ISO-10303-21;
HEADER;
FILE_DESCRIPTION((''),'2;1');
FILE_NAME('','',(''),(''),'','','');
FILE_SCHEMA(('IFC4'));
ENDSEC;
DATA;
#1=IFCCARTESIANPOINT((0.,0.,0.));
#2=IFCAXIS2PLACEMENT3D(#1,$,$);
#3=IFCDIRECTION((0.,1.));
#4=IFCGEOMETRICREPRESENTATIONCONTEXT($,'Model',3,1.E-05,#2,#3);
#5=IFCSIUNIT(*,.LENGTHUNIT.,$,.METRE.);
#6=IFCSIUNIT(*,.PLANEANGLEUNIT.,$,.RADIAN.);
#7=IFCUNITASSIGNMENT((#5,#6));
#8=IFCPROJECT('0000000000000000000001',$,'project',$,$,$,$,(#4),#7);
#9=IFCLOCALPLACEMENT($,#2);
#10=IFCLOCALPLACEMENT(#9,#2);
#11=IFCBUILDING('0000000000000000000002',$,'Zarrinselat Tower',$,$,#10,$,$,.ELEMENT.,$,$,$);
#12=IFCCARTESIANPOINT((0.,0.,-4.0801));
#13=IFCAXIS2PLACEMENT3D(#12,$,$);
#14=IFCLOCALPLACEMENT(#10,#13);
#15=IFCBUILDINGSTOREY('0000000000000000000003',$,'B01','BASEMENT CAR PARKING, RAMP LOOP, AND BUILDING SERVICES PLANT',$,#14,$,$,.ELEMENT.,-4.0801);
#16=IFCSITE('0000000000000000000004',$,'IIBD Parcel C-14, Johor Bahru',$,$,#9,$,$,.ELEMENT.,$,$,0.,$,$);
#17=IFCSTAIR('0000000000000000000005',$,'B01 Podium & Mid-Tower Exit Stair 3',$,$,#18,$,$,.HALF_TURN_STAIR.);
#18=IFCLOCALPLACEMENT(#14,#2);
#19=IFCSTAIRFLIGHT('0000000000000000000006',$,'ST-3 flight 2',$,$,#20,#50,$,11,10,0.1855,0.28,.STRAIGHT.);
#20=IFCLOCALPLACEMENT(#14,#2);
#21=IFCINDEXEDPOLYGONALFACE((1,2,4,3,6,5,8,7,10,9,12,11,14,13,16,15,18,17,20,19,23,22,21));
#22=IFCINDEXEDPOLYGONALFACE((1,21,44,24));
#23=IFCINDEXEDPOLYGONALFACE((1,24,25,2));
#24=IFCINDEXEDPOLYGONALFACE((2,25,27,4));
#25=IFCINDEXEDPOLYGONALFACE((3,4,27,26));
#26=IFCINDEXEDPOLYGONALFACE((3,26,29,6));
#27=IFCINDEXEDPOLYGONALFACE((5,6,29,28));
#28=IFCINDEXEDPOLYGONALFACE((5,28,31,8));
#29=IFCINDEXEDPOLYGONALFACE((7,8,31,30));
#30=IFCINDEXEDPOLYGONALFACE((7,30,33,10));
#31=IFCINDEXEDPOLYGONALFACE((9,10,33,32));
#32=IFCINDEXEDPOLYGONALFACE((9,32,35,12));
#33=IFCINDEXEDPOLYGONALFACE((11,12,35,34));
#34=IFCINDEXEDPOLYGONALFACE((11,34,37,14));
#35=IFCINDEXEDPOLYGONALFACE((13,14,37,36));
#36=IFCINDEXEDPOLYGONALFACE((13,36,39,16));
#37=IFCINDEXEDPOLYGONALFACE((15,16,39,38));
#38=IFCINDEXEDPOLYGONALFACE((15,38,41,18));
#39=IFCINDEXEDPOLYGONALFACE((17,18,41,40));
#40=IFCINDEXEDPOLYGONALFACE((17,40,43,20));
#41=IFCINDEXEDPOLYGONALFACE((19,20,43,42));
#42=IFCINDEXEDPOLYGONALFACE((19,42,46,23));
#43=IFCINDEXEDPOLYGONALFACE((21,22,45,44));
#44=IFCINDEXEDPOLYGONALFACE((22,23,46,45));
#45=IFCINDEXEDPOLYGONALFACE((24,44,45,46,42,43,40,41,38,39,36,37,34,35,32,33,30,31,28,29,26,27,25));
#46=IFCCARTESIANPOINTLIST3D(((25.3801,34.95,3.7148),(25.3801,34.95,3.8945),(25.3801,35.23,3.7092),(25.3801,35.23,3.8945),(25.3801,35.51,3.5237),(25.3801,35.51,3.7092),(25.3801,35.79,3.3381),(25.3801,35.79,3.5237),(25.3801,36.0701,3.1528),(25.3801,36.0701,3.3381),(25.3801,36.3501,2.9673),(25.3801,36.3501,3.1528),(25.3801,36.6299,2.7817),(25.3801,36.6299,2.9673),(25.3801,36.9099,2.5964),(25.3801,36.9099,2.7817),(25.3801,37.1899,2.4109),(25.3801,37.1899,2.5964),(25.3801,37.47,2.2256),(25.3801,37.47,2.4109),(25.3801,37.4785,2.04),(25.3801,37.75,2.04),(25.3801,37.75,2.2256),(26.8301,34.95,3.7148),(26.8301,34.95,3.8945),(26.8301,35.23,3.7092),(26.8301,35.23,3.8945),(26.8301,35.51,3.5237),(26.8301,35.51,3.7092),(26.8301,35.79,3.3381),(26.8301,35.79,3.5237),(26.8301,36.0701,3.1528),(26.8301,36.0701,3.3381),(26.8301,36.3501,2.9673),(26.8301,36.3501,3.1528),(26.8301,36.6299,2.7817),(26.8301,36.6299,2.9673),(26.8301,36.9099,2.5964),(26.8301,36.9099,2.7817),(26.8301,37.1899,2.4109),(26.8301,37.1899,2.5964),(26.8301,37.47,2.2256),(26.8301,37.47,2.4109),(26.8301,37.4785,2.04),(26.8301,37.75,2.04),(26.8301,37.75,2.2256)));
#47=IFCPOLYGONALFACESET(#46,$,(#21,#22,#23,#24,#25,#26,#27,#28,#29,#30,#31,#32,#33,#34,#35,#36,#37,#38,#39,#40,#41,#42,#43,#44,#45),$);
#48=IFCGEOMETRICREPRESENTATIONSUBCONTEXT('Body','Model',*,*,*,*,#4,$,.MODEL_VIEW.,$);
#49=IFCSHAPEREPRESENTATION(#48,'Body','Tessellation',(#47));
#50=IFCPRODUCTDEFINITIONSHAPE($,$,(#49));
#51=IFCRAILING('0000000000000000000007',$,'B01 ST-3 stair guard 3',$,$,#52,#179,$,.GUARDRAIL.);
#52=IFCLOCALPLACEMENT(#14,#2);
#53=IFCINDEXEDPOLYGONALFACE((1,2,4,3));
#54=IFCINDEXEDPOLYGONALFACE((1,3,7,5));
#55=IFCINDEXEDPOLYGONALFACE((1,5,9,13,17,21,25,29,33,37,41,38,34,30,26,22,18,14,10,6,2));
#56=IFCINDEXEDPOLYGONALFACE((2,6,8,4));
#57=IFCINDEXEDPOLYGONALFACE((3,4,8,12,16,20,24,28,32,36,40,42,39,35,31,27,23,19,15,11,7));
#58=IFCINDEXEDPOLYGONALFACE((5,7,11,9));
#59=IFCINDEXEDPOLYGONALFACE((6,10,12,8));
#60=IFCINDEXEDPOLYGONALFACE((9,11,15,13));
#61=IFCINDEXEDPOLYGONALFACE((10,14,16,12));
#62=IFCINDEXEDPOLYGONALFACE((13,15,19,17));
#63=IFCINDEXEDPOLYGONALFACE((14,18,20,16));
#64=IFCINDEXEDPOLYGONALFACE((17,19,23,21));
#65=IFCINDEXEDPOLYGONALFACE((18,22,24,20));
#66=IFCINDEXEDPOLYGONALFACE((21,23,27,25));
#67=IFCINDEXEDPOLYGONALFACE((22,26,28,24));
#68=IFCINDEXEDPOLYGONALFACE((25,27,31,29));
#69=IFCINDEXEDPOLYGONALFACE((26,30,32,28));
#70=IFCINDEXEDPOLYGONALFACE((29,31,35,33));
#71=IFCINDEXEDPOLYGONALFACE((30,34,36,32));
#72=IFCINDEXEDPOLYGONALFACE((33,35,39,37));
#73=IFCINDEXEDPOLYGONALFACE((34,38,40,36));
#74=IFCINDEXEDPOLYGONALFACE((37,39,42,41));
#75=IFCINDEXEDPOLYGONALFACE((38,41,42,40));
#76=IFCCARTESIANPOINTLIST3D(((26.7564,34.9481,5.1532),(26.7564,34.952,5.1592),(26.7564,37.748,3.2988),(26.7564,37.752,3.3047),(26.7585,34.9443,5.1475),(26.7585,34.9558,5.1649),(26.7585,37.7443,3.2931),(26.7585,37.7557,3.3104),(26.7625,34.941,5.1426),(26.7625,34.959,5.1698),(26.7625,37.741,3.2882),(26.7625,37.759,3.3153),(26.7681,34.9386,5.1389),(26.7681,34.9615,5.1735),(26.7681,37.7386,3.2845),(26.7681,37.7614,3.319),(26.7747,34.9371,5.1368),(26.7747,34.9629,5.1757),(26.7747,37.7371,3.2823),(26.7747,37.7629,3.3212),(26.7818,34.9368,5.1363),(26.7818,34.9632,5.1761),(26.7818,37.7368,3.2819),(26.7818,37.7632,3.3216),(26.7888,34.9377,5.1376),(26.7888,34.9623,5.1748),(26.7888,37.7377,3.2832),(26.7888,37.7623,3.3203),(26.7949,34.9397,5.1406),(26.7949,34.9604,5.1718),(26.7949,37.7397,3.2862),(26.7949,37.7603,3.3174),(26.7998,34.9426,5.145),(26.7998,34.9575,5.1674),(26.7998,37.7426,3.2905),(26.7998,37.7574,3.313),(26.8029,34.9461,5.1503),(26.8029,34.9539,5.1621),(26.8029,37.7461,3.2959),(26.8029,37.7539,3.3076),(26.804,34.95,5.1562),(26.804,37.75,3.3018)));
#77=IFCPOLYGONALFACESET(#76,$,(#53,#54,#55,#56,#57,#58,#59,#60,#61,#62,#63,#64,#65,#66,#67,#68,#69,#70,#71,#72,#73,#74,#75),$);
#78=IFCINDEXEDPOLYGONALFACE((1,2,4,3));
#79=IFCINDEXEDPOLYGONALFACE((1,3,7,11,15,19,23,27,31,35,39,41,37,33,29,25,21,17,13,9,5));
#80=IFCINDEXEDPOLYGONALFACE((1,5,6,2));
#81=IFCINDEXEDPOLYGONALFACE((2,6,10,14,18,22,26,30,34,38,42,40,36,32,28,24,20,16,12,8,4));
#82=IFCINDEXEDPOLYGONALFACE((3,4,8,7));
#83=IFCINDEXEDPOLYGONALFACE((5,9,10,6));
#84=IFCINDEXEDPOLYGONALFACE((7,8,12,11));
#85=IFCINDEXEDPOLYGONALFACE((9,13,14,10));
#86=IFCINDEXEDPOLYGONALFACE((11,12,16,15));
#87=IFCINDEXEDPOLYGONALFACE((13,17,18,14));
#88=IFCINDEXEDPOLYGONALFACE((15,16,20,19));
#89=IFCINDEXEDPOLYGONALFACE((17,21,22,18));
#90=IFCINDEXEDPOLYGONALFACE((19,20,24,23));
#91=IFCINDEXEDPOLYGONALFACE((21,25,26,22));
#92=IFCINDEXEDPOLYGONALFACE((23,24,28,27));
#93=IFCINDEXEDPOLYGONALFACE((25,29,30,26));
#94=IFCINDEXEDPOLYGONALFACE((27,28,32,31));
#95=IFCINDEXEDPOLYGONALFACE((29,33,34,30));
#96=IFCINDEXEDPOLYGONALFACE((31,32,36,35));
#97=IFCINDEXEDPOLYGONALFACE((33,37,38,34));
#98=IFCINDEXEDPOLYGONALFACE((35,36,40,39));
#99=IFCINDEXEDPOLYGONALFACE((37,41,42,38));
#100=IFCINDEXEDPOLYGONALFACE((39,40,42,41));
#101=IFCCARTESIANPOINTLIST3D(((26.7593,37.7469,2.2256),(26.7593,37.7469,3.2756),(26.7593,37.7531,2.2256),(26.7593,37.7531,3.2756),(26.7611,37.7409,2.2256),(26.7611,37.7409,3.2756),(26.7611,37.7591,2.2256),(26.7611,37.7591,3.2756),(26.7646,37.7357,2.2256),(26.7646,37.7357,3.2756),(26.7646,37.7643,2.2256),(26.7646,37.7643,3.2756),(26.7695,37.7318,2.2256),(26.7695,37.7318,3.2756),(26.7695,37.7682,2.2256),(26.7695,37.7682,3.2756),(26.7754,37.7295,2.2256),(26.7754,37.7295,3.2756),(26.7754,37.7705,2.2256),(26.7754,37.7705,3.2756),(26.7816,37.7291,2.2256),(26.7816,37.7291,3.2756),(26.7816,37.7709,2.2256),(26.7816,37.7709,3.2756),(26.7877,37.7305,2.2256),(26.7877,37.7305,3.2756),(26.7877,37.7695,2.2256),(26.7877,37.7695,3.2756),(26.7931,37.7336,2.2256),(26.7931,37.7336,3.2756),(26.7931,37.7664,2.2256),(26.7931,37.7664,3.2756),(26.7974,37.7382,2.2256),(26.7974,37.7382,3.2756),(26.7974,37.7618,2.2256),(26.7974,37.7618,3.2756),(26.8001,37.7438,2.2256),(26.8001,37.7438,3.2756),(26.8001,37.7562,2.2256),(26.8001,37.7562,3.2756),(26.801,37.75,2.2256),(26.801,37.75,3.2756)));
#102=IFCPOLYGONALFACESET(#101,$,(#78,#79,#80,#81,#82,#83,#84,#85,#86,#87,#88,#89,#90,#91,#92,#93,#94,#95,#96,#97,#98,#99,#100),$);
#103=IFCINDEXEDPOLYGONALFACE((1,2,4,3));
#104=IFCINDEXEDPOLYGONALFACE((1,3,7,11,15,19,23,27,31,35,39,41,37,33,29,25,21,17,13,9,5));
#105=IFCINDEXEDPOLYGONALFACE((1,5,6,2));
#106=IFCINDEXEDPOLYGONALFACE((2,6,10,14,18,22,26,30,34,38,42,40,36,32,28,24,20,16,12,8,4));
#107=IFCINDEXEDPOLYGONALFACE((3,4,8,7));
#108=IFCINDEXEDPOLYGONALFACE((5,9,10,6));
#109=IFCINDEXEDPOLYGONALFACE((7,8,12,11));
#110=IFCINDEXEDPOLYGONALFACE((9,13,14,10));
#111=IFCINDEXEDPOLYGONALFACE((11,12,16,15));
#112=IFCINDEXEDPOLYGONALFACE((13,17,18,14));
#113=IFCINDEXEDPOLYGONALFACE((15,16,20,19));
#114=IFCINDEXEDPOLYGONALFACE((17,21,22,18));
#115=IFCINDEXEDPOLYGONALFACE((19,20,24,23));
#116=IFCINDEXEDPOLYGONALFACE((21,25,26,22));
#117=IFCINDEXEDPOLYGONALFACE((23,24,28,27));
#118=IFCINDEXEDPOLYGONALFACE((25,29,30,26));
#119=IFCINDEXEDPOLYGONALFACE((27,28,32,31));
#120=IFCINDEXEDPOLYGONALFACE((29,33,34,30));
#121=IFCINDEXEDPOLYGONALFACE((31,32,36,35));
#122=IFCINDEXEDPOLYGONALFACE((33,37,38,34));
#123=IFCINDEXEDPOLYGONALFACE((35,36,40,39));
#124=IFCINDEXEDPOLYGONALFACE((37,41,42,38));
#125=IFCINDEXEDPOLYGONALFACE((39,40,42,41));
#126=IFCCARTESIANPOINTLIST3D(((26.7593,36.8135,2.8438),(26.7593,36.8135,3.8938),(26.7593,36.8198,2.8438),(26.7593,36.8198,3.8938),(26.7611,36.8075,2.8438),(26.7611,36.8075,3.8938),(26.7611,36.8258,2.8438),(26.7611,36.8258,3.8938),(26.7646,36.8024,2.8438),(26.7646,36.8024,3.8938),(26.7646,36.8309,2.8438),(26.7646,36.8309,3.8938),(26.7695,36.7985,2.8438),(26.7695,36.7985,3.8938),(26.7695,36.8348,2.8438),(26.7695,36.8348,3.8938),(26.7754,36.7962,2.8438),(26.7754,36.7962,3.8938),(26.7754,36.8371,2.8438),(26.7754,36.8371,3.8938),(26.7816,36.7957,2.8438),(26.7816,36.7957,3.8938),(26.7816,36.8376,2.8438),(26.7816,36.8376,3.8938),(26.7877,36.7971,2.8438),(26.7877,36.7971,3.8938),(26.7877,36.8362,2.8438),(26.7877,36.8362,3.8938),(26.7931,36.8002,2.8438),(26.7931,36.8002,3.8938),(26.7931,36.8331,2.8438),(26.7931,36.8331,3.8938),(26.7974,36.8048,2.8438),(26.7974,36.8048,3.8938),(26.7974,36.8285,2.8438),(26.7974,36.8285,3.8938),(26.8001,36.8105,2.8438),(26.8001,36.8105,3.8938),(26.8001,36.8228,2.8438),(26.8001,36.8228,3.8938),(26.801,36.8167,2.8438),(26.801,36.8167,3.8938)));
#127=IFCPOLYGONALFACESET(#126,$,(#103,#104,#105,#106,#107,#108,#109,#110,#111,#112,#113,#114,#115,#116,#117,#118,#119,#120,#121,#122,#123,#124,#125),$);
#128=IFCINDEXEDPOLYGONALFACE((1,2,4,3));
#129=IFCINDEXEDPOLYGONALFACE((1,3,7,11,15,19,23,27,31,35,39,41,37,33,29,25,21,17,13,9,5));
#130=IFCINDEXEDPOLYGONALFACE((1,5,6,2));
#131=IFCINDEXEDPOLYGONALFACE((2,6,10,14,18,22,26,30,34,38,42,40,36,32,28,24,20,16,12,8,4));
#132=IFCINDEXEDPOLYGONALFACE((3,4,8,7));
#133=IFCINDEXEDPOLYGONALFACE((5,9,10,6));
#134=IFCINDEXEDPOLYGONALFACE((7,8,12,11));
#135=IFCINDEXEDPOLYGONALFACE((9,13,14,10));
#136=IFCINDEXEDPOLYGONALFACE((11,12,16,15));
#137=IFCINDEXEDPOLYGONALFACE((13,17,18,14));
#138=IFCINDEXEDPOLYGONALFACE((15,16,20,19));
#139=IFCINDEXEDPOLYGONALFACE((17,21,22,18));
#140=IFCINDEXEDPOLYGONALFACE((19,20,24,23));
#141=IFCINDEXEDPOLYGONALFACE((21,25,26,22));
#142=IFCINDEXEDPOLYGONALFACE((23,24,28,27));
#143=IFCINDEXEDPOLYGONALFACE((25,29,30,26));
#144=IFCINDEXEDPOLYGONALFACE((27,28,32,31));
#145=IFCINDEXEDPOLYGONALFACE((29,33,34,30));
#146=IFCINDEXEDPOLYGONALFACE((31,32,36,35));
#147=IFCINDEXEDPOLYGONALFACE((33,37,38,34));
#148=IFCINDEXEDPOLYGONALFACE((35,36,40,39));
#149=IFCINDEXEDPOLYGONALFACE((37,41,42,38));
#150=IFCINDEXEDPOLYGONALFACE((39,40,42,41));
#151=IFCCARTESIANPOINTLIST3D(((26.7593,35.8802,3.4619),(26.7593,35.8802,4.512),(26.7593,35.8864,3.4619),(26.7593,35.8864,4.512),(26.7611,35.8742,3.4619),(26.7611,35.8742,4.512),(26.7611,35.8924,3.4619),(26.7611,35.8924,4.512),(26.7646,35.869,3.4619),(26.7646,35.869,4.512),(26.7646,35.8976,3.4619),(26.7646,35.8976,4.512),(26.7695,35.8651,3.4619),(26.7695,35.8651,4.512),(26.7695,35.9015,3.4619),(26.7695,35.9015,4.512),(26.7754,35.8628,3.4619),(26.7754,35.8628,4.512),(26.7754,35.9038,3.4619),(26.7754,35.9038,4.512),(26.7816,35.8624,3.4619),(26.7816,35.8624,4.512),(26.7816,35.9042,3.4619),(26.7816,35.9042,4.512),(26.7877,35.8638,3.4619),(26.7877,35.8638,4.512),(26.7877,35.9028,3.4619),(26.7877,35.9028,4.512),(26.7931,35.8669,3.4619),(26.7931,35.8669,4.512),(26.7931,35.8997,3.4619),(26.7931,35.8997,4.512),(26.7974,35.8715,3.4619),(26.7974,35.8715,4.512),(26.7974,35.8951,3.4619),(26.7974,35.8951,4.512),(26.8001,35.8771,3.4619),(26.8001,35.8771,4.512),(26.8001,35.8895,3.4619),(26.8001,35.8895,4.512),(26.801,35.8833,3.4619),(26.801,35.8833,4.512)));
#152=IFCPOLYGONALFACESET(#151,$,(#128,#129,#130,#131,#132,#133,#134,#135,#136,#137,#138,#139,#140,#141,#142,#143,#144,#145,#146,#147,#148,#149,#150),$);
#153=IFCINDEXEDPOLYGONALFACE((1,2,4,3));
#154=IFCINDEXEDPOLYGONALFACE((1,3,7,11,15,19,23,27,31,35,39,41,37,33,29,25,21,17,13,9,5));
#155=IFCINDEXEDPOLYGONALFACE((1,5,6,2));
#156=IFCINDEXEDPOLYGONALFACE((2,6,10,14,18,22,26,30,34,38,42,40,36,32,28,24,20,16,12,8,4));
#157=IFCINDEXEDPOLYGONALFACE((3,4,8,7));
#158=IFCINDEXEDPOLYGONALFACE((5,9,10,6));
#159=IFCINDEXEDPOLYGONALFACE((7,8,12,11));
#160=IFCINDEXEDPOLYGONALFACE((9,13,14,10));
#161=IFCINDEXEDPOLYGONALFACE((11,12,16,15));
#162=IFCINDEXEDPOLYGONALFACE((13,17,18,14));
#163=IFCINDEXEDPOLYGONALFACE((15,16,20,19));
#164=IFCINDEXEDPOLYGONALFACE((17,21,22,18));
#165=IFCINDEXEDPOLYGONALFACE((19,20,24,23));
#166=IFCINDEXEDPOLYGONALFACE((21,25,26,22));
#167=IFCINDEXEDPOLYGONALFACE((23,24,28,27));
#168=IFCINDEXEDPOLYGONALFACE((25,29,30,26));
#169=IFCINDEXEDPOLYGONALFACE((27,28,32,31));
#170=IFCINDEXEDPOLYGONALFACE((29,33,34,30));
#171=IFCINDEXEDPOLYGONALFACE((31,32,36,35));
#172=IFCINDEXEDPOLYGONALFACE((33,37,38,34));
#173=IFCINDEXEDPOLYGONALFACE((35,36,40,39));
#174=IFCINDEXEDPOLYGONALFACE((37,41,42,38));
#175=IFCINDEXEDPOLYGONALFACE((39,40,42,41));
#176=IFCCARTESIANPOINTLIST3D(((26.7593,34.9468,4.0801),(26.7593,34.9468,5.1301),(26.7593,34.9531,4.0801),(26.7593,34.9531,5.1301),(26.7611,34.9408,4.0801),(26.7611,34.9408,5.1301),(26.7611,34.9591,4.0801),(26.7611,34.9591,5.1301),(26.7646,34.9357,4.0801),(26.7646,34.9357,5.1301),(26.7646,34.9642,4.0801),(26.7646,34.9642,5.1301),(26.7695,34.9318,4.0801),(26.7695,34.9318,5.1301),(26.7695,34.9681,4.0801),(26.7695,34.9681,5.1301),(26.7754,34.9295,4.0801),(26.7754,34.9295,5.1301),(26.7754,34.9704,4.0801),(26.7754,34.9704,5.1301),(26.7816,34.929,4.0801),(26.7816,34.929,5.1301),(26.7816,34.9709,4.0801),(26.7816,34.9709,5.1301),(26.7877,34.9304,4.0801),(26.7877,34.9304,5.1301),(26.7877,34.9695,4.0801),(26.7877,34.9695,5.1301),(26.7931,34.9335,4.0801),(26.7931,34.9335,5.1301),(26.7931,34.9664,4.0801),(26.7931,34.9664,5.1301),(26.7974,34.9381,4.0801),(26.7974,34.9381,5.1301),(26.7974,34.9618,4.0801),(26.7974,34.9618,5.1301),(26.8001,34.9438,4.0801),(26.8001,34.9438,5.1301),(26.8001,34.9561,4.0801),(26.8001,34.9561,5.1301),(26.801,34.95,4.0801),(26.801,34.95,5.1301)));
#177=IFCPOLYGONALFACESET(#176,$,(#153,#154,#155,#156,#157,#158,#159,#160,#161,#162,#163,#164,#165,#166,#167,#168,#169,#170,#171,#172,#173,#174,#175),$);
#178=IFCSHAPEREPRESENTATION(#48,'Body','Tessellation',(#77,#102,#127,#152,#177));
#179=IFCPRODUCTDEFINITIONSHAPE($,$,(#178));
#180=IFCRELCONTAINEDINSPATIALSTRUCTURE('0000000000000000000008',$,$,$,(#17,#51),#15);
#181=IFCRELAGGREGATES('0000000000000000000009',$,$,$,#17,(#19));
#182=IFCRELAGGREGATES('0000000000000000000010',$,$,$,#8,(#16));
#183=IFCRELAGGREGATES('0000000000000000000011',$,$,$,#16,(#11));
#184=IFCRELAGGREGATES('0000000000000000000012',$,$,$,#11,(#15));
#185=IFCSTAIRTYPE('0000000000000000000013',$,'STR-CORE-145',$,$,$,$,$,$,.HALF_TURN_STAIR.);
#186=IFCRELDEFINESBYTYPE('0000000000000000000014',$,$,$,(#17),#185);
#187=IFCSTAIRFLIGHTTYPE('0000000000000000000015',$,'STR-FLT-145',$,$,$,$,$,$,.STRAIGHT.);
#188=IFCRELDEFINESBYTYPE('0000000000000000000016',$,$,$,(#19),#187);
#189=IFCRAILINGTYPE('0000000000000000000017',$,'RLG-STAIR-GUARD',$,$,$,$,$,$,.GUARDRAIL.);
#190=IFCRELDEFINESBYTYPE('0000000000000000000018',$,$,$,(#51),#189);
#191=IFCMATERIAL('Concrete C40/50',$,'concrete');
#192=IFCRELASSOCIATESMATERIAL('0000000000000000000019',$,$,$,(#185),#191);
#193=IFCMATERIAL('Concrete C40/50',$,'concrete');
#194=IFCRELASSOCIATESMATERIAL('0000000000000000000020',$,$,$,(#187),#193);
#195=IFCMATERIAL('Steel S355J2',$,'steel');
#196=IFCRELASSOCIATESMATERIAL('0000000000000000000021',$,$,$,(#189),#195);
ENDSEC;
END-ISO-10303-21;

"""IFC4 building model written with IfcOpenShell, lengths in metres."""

from ifc_helpers import new_model, si_unit, direction, frame, origin, origin_2d, place, context, subcontext, project, spatial, polyline, circle, outline, extrude, material, type_object, element, aggregate, save


model = new_model("IFC4")

# Units and contexts
model_context = context("Model", 3, precision=1e-05, world=origin(), true_north=direction((0.0, 1.0)))
body_context = subcontext(model_context, "Body", "Model", "MODEL_VIEW")
ifc_project = project(units=[si_unit("LENGTHUNIT", "METRE"), si_unit("PLANEANGLEUNIT", "RADIAN")], contexts=[model_context])

# Site, building, storey
site_placement = place(None, origin())
site = spatial("IfcSite", under=ifc_project, at=site_placement, Name="IIBD Parcel C-14, Johor Bahru", CompositionType="ELEMENT", RefElevation=0.0)
building_placement = place(site_placement, origin())
building = spatial("IfcBuilding", under=site, at=building_placement, Name="Zarrinselat Tower", CompositionType="ELEMENT")
storey_placement = place(building_placement, frame((0.0, 0.0, -4.0801)))
storey = spatial("IfcBuildingStorey", under=building, at=storey_placement, Name="B01", Description="BASEMENT CAR PARKING, RAMP LOOP, AND BUILDING SERVICES PLANT", CompositionType="ELEMENT", Elevation=-4.0801)

# Stair, stair flight
ifc_material_1 = material(Name="Concrete C40/50", Category="concrete")
stair_type = type_object("IfcStairType", Name="STR-CORE-145", PredefinedType="HALF_TURN_STAIR", material=ifc_material_1)
stair_placement = place(storey_placement, origin())
stair = element("IfcStair", 1, at=stair_placement, inside=storey, type_object=stair_type, Name="B01 Podium & Mid-Tower Exit Stair 3", PredefinedType="HALF_TURN_STAIR")
ifc_material_2 = material(Name="Concrete C40/50", Category="concrete")
stair_flight_type = type_object("IfcStairFlightType", Name="STR-FLT-145", PredefinedType="STRAIGHT", material=ifc_material_2)
stair_flight_placement = place(storey_placement, frame((26.105, 37.75, 2.04), z_axis=(0.0, 0.0, 1.0), x_axis=(0.0, -1.0, 0.0)))
stair_flight = element("IfcStairFlight", 2, at=stair_flight_placement, type_object=stair_flight_type, Name="ST-3 flight 2", NumberOfRisers=11, NumberOfTreads=10, PredefinedType="STRAIGHT", RiserHeight=0.1855, TreadLength=0.28, context=body_context, shape_type="SweptSolid", body=[
    extrude(outline(polyline([(0.0, 0.0), (0.0, 0.1855), (0.28, 0.1855), (0.28, 0.3708), (0.5601, 0.3708), (0.5601, 0.5564), (0.8401, 0.5564), (0.8401, 0.7417), (1.1201, 0.7417), (1.1201, 0.9272), (1.3999, 0.9272), (1.3999, 1.1128), (1.6799, 1.1128), (1.6799, 1.2981), (1.96, 1.2981), (1.96, 1.4836), (2.24, 1.4836), (2.24, 1.6692), (2.52, 1.6692), (2.52, 1.8545), (2.8, 1.8545), (2.8, 2.04), (2.8, 1.6748), (0.2715, 0.0), (0.0, 0.0)])), frame((0.0, 0.7251, 0.0), z_axis=(0.0, -1.0, 0.0), x_axis=(1.0, 0.0, 0.0)), (0.0, 0.0, 1.0), 1.45),
])
aggregate(stair, [stair_flight])

# Railing
ifc_material_3 = material(Name="Steel S355J2", Category="steel")
railing_type_1 = type_object("IfcRailingType", Name="RLG-STAIR-GUARD", PredefinedType="GUARDRAIL", material=ifc_material_3)
railing_1_placement = place(storey_placement, frame((26.78, 37.75, 2.2256)))
element("IfcRailing", 3, at=railing_1_placement, inside=storey, type_object=railing_type_1, Name="B01 ST-3 stair guard 3", PredefinedType="GUARDRAIL", context=body_context, shape_type="SweptSolid", body=[
    extrude(circle(Radius=0.0239, at=origin_2d()), frame((0.0, 0.0, 1.0762), z_axis=(0.0, -0.833724, 0.552181), x_axis=(1.0, 0.0, 0.0)), (0.0, 0.0, 1.0), 3.3584),
    extrude(circle(Radius=0.021, at=origin_2d()), origin(), (0.0, 0.0, 1.0), 1.05),
    extrude(circle(Radius=0.021, at=origin_2d()), frame((0.0, -0.9333, 0.6182)), (0.0, 0.0, 1.0), 1.05),
    extrude(circle(Radius=0.021, at=origin_2d()), frame((0.0, -1.8667, 1.2363)), (0.0, 0.0, 1.0), 1.05),
    extrude(circle(Radius=0.021, at=origin_2d()), frame((0.0, -2.8, 1.8545)), (0.0, 0.0, 1.0), 1.05),
])

save(model, "model.ifc")
